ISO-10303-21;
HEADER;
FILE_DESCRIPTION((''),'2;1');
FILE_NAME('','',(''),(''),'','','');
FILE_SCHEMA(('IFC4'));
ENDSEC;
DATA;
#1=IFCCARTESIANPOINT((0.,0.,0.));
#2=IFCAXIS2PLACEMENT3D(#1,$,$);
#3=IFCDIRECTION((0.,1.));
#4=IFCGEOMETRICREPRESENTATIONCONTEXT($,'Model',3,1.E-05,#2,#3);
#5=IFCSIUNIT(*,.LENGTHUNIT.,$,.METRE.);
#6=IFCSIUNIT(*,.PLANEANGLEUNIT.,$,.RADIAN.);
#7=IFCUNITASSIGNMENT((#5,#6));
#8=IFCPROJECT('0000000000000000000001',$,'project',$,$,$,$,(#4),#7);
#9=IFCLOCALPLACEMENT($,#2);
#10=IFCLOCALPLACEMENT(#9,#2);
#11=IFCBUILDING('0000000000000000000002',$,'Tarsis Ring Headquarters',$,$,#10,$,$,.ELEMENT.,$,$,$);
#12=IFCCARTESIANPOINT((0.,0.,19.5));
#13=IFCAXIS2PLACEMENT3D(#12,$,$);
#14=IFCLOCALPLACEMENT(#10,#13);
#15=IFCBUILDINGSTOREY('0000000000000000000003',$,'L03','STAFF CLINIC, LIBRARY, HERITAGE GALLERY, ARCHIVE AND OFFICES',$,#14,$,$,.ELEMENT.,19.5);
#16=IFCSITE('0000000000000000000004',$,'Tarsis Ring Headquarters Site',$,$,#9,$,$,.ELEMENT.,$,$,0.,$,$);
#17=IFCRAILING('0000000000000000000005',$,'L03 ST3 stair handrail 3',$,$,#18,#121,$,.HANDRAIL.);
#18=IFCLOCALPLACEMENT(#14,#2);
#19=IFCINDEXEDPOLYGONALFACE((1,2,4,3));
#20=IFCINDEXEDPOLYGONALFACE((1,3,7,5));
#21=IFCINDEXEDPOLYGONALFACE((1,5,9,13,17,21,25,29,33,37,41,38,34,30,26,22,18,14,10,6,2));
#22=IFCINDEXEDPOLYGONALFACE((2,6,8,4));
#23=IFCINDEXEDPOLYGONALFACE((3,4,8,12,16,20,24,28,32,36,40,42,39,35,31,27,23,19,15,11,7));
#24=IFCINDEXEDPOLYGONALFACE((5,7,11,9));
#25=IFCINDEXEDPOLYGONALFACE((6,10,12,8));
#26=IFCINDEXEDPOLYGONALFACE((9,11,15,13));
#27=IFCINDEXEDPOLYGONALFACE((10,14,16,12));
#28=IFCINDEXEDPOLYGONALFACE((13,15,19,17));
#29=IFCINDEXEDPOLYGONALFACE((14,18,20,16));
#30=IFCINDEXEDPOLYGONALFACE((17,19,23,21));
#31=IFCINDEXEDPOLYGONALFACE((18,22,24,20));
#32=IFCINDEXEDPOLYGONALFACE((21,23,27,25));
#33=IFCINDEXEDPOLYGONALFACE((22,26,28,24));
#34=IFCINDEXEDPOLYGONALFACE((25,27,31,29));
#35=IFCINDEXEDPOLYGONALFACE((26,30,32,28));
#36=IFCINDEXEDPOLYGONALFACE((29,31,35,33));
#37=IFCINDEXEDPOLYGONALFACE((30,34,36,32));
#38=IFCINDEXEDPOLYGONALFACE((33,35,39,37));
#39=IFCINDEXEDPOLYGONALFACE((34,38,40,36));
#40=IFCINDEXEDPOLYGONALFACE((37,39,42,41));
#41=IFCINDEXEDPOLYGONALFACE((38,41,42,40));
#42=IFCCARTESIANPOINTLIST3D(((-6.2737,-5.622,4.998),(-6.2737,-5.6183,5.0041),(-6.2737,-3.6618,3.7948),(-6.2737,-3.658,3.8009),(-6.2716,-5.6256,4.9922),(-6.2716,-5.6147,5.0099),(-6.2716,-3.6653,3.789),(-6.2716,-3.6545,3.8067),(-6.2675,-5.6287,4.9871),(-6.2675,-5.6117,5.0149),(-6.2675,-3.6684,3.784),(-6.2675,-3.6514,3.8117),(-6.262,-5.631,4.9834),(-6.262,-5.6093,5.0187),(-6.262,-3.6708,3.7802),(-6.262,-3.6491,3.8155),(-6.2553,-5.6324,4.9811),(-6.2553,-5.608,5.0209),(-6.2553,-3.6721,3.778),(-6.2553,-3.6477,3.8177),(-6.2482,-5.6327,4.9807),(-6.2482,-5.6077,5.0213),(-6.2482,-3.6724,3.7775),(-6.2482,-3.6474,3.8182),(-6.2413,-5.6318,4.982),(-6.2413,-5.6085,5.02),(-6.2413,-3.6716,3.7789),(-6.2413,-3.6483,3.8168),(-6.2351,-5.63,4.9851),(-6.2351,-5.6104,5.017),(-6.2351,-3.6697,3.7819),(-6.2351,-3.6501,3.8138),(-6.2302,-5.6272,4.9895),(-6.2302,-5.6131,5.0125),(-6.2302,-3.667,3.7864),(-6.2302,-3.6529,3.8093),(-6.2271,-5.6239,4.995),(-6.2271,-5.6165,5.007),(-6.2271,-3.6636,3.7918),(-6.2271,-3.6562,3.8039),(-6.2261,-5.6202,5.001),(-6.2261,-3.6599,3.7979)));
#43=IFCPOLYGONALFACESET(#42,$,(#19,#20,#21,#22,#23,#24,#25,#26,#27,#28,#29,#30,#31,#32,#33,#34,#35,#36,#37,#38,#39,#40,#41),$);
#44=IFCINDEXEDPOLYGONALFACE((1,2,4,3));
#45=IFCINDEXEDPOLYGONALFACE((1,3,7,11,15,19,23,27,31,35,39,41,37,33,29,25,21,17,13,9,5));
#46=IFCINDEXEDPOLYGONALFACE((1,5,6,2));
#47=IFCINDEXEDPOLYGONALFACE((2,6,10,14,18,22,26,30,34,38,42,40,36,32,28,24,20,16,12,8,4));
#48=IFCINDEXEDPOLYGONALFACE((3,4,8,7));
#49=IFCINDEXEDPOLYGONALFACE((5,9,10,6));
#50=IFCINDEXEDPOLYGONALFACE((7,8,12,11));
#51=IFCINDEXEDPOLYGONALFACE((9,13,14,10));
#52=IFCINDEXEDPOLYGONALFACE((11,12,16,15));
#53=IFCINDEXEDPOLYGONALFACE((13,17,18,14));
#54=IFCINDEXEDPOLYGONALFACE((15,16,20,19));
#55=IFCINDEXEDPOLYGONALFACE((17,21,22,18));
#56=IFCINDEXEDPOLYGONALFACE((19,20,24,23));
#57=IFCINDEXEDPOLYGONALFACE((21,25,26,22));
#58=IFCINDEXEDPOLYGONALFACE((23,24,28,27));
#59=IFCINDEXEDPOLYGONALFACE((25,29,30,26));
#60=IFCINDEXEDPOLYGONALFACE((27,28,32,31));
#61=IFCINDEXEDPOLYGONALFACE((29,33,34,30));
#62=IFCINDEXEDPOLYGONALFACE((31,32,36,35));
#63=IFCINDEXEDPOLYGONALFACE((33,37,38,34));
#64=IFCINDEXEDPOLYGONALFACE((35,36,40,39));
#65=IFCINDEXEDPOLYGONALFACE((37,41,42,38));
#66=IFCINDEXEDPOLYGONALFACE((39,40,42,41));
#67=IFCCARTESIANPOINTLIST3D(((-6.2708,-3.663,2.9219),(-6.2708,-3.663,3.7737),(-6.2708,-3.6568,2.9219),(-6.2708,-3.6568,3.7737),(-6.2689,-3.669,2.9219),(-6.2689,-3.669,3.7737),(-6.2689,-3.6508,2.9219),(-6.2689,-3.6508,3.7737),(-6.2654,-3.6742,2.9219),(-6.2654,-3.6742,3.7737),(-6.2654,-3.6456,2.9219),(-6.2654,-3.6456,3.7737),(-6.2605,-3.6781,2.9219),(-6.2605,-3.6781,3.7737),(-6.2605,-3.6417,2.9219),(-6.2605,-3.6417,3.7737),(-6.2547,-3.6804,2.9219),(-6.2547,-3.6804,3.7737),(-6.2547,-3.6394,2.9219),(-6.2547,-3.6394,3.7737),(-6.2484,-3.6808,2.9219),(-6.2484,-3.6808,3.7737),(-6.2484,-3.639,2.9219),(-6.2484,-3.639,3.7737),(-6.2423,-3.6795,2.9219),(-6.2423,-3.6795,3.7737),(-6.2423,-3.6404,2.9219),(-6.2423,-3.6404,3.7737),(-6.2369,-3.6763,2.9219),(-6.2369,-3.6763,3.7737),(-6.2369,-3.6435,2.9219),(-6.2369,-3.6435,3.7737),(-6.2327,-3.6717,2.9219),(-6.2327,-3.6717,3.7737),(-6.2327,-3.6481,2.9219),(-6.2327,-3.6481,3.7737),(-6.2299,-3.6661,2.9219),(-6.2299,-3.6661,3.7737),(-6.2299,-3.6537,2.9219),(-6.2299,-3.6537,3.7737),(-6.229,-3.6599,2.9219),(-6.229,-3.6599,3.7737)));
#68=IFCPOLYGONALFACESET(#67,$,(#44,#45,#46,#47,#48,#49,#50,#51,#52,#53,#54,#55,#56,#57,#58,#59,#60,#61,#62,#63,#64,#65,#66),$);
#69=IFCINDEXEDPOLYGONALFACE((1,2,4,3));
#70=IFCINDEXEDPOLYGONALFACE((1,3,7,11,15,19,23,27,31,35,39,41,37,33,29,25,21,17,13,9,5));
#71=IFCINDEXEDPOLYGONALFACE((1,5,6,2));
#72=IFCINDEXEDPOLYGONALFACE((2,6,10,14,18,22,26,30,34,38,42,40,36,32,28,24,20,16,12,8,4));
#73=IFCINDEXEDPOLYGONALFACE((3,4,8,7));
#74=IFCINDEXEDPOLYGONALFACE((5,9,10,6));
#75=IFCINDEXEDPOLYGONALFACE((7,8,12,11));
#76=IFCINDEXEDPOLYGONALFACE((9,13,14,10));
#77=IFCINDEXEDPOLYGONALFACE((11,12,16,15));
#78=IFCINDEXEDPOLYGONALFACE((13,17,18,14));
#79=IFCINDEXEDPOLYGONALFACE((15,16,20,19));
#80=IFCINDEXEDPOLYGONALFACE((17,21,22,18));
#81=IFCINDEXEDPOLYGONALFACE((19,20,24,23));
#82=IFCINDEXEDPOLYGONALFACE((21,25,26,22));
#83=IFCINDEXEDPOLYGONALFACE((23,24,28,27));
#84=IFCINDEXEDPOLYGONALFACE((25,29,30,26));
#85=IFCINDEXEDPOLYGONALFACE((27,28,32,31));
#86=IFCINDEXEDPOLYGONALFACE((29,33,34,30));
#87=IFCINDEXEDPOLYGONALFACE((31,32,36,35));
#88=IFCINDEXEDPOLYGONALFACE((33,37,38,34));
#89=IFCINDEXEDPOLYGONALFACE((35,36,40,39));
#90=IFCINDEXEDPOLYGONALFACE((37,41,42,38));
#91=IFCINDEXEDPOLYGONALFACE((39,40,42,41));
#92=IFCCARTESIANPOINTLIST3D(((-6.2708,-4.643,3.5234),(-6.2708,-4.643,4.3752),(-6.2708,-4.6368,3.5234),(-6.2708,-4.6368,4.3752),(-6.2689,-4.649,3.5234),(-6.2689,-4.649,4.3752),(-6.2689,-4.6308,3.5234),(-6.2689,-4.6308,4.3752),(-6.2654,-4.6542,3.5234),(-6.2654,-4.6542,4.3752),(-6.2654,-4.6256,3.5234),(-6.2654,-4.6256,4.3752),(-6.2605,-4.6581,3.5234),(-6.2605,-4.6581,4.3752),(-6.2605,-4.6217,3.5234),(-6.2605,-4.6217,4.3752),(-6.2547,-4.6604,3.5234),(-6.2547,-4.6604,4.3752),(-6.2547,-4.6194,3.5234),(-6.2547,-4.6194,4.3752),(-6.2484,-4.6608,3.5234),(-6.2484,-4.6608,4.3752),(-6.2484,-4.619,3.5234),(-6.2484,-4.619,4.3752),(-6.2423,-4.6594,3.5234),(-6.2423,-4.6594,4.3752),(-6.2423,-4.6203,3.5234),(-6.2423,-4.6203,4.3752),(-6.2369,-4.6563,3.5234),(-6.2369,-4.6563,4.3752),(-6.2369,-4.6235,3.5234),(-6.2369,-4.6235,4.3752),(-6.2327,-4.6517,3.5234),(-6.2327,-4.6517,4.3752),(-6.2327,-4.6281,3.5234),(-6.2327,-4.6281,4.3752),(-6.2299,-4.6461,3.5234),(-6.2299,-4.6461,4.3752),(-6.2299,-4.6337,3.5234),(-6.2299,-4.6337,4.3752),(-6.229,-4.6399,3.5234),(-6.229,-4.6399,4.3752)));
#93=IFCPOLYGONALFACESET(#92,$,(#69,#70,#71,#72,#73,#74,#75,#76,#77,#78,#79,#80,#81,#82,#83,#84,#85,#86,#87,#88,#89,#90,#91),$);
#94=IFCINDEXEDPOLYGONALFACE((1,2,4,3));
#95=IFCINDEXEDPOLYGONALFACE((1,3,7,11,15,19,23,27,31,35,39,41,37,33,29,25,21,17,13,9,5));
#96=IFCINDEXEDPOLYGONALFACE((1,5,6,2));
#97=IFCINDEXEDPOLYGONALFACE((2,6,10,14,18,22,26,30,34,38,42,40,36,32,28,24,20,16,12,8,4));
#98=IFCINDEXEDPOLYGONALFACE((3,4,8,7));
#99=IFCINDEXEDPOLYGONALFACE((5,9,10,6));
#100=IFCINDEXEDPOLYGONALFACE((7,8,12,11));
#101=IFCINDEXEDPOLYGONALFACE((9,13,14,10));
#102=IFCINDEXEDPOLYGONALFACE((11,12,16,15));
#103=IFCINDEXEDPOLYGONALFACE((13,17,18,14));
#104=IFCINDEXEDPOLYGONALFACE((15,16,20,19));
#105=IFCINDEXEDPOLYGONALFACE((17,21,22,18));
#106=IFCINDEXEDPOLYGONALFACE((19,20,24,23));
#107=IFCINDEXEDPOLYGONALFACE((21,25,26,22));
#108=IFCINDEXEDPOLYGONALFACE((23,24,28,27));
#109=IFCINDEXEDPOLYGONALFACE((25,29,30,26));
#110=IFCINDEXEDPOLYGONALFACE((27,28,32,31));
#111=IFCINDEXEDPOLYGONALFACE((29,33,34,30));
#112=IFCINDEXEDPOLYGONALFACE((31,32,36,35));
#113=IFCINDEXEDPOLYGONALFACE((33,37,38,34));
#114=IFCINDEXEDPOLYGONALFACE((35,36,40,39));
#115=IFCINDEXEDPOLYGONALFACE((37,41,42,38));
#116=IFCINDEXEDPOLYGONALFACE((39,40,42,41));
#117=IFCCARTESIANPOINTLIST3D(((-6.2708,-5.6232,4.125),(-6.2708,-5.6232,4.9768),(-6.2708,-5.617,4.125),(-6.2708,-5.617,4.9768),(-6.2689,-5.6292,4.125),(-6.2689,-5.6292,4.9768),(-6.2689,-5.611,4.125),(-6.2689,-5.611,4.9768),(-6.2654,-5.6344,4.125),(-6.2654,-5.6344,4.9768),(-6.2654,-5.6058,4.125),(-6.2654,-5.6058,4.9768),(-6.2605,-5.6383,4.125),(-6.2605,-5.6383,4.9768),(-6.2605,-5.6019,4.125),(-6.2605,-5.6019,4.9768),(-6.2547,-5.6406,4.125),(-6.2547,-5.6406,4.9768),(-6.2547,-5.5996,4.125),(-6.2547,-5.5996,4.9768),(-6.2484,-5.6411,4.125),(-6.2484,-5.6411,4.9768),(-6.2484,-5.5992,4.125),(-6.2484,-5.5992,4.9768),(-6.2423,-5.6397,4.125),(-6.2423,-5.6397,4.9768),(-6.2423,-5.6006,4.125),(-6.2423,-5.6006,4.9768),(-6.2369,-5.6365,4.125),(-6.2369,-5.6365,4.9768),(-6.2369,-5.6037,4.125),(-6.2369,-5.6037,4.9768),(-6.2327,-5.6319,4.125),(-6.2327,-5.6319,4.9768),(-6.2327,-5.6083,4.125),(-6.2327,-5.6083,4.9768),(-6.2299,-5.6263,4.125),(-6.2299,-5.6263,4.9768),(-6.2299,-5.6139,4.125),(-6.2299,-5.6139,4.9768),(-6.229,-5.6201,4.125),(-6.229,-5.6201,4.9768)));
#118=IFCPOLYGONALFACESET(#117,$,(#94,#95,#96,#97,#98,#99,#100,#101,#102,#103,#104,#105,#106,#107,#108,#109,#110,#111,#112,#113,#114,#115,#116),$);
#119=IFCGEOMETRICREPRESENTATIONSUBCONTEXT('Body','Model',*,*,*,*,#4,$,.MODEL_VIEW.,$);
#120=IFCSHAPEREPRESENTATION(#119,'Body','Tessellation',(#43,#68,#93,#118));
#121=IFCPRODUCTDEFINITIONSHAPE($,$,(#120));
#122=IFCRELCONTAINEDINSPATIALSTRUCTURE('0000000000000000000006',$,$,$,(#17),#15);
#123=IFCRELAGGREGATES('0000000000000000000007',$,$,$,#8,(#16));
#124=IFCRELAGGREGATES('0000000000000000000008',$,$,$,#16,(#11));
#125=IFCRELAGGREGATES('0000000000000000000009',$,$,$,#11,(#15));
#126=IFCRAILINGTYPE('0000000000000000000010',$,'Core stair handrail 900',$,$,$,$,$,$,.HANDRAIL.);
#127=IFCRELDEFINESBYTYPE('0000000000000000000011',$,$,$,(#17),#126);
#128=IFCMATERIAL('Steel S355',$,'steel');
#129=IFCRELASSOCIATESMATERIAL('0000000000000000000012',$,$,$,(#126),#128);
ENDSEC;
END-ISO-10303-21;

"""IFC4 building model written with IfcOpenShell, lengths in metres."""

from ifc_helpers import new_model, si_unit, direction, frame, origin, origin_2d, place, context, subcontext, project, spatial, circle, extrude, material, type_object, element, save


model = new_model("IFC4")

# Units and contexts
model_context = context("Model", 3, precision=1e-05, world=origin(), true_north=direction((0.0, 1.0)))
body_context = subcontext(model_context, "Body", "Model", "MODEL_VIEW")
ifc_project = project(units=[si_unit("LENGTHUNIT", "METRE"), si_unit("PLANEANGLEUNIT", "RADIAN")], contexts=[model_context])

# Site, building, storey
site_placement = place(None, origin())
site = spatial("IfcSite", under=ifc_project, at=site_placement, Name="Tarsis Ring Headquarters Site", CompositionType="ELEMENT", RefElevation=0.0)
building_placement = place(site_placement, origin())
building = spatial("IfcBuilding", under=site, at=building_placement, Name="Tarsis Ring Headquarters", CompositionType="ELEMENT")
storey_placement = place(building_placement, frame((0.0, 0.0, 19.5)))
storey = spatial("IfcBuildingStorey", under=building, at=storey_placement, Name="L03", Description="STAFF CLINIC, LIBRARY, HERITAGE GALLERY, ARCHIVE AND OFFICES", CompositionType="ELEMENT", Elevation=19.5)

# Shared definitions
ifc_material_1 = material(Name="Steel S355", Category="steel")

# Railing
railing_type_1 = type_object("IfcRailingType", Name="Core stair handrail 900", PredefinedType="HANDRAIL", material=ifc_material_1)
railing_1_placement = place(storey_placement, frame((-6.25, -3.6599, 2.9219)))
element("IfcRailing", 1, at=railing_1_placement, inside=storey, type_object=railing_type_1, Name="L03 ST3 stair handrail 3", PredefinedType="HANDRAIL", context=body_context, shape_type="SweptSolid", body=[
    extrude(circle(Radius=0.0239, at=origin_2d()), frame((0.0, 0.0, 0.876), z_axis=(0.0, -0.85227, 0.523102), x_axis=(1.0, 0.0, 0.0)), (0.0, 0.0, 1.0), 2.3),
    extrude(circle(Radius=0.021, at=origin_2d()), origin(), (0.0, 0.0, 1.0), 0.8518),
    extrude(circle(Radius=0.021, at=origin_2d()), frame((0.0, -0.98, 0.6016)), (0.0, 0.0, 1.0), 0.8518),
    extrude(circle(Radius=0.021, at=origin_2d()), frame((0.0, -1.9602, 1.2031)), (0.0, 0.0, 1.0), 0.8518),
])

save(model, "model.ifc")
